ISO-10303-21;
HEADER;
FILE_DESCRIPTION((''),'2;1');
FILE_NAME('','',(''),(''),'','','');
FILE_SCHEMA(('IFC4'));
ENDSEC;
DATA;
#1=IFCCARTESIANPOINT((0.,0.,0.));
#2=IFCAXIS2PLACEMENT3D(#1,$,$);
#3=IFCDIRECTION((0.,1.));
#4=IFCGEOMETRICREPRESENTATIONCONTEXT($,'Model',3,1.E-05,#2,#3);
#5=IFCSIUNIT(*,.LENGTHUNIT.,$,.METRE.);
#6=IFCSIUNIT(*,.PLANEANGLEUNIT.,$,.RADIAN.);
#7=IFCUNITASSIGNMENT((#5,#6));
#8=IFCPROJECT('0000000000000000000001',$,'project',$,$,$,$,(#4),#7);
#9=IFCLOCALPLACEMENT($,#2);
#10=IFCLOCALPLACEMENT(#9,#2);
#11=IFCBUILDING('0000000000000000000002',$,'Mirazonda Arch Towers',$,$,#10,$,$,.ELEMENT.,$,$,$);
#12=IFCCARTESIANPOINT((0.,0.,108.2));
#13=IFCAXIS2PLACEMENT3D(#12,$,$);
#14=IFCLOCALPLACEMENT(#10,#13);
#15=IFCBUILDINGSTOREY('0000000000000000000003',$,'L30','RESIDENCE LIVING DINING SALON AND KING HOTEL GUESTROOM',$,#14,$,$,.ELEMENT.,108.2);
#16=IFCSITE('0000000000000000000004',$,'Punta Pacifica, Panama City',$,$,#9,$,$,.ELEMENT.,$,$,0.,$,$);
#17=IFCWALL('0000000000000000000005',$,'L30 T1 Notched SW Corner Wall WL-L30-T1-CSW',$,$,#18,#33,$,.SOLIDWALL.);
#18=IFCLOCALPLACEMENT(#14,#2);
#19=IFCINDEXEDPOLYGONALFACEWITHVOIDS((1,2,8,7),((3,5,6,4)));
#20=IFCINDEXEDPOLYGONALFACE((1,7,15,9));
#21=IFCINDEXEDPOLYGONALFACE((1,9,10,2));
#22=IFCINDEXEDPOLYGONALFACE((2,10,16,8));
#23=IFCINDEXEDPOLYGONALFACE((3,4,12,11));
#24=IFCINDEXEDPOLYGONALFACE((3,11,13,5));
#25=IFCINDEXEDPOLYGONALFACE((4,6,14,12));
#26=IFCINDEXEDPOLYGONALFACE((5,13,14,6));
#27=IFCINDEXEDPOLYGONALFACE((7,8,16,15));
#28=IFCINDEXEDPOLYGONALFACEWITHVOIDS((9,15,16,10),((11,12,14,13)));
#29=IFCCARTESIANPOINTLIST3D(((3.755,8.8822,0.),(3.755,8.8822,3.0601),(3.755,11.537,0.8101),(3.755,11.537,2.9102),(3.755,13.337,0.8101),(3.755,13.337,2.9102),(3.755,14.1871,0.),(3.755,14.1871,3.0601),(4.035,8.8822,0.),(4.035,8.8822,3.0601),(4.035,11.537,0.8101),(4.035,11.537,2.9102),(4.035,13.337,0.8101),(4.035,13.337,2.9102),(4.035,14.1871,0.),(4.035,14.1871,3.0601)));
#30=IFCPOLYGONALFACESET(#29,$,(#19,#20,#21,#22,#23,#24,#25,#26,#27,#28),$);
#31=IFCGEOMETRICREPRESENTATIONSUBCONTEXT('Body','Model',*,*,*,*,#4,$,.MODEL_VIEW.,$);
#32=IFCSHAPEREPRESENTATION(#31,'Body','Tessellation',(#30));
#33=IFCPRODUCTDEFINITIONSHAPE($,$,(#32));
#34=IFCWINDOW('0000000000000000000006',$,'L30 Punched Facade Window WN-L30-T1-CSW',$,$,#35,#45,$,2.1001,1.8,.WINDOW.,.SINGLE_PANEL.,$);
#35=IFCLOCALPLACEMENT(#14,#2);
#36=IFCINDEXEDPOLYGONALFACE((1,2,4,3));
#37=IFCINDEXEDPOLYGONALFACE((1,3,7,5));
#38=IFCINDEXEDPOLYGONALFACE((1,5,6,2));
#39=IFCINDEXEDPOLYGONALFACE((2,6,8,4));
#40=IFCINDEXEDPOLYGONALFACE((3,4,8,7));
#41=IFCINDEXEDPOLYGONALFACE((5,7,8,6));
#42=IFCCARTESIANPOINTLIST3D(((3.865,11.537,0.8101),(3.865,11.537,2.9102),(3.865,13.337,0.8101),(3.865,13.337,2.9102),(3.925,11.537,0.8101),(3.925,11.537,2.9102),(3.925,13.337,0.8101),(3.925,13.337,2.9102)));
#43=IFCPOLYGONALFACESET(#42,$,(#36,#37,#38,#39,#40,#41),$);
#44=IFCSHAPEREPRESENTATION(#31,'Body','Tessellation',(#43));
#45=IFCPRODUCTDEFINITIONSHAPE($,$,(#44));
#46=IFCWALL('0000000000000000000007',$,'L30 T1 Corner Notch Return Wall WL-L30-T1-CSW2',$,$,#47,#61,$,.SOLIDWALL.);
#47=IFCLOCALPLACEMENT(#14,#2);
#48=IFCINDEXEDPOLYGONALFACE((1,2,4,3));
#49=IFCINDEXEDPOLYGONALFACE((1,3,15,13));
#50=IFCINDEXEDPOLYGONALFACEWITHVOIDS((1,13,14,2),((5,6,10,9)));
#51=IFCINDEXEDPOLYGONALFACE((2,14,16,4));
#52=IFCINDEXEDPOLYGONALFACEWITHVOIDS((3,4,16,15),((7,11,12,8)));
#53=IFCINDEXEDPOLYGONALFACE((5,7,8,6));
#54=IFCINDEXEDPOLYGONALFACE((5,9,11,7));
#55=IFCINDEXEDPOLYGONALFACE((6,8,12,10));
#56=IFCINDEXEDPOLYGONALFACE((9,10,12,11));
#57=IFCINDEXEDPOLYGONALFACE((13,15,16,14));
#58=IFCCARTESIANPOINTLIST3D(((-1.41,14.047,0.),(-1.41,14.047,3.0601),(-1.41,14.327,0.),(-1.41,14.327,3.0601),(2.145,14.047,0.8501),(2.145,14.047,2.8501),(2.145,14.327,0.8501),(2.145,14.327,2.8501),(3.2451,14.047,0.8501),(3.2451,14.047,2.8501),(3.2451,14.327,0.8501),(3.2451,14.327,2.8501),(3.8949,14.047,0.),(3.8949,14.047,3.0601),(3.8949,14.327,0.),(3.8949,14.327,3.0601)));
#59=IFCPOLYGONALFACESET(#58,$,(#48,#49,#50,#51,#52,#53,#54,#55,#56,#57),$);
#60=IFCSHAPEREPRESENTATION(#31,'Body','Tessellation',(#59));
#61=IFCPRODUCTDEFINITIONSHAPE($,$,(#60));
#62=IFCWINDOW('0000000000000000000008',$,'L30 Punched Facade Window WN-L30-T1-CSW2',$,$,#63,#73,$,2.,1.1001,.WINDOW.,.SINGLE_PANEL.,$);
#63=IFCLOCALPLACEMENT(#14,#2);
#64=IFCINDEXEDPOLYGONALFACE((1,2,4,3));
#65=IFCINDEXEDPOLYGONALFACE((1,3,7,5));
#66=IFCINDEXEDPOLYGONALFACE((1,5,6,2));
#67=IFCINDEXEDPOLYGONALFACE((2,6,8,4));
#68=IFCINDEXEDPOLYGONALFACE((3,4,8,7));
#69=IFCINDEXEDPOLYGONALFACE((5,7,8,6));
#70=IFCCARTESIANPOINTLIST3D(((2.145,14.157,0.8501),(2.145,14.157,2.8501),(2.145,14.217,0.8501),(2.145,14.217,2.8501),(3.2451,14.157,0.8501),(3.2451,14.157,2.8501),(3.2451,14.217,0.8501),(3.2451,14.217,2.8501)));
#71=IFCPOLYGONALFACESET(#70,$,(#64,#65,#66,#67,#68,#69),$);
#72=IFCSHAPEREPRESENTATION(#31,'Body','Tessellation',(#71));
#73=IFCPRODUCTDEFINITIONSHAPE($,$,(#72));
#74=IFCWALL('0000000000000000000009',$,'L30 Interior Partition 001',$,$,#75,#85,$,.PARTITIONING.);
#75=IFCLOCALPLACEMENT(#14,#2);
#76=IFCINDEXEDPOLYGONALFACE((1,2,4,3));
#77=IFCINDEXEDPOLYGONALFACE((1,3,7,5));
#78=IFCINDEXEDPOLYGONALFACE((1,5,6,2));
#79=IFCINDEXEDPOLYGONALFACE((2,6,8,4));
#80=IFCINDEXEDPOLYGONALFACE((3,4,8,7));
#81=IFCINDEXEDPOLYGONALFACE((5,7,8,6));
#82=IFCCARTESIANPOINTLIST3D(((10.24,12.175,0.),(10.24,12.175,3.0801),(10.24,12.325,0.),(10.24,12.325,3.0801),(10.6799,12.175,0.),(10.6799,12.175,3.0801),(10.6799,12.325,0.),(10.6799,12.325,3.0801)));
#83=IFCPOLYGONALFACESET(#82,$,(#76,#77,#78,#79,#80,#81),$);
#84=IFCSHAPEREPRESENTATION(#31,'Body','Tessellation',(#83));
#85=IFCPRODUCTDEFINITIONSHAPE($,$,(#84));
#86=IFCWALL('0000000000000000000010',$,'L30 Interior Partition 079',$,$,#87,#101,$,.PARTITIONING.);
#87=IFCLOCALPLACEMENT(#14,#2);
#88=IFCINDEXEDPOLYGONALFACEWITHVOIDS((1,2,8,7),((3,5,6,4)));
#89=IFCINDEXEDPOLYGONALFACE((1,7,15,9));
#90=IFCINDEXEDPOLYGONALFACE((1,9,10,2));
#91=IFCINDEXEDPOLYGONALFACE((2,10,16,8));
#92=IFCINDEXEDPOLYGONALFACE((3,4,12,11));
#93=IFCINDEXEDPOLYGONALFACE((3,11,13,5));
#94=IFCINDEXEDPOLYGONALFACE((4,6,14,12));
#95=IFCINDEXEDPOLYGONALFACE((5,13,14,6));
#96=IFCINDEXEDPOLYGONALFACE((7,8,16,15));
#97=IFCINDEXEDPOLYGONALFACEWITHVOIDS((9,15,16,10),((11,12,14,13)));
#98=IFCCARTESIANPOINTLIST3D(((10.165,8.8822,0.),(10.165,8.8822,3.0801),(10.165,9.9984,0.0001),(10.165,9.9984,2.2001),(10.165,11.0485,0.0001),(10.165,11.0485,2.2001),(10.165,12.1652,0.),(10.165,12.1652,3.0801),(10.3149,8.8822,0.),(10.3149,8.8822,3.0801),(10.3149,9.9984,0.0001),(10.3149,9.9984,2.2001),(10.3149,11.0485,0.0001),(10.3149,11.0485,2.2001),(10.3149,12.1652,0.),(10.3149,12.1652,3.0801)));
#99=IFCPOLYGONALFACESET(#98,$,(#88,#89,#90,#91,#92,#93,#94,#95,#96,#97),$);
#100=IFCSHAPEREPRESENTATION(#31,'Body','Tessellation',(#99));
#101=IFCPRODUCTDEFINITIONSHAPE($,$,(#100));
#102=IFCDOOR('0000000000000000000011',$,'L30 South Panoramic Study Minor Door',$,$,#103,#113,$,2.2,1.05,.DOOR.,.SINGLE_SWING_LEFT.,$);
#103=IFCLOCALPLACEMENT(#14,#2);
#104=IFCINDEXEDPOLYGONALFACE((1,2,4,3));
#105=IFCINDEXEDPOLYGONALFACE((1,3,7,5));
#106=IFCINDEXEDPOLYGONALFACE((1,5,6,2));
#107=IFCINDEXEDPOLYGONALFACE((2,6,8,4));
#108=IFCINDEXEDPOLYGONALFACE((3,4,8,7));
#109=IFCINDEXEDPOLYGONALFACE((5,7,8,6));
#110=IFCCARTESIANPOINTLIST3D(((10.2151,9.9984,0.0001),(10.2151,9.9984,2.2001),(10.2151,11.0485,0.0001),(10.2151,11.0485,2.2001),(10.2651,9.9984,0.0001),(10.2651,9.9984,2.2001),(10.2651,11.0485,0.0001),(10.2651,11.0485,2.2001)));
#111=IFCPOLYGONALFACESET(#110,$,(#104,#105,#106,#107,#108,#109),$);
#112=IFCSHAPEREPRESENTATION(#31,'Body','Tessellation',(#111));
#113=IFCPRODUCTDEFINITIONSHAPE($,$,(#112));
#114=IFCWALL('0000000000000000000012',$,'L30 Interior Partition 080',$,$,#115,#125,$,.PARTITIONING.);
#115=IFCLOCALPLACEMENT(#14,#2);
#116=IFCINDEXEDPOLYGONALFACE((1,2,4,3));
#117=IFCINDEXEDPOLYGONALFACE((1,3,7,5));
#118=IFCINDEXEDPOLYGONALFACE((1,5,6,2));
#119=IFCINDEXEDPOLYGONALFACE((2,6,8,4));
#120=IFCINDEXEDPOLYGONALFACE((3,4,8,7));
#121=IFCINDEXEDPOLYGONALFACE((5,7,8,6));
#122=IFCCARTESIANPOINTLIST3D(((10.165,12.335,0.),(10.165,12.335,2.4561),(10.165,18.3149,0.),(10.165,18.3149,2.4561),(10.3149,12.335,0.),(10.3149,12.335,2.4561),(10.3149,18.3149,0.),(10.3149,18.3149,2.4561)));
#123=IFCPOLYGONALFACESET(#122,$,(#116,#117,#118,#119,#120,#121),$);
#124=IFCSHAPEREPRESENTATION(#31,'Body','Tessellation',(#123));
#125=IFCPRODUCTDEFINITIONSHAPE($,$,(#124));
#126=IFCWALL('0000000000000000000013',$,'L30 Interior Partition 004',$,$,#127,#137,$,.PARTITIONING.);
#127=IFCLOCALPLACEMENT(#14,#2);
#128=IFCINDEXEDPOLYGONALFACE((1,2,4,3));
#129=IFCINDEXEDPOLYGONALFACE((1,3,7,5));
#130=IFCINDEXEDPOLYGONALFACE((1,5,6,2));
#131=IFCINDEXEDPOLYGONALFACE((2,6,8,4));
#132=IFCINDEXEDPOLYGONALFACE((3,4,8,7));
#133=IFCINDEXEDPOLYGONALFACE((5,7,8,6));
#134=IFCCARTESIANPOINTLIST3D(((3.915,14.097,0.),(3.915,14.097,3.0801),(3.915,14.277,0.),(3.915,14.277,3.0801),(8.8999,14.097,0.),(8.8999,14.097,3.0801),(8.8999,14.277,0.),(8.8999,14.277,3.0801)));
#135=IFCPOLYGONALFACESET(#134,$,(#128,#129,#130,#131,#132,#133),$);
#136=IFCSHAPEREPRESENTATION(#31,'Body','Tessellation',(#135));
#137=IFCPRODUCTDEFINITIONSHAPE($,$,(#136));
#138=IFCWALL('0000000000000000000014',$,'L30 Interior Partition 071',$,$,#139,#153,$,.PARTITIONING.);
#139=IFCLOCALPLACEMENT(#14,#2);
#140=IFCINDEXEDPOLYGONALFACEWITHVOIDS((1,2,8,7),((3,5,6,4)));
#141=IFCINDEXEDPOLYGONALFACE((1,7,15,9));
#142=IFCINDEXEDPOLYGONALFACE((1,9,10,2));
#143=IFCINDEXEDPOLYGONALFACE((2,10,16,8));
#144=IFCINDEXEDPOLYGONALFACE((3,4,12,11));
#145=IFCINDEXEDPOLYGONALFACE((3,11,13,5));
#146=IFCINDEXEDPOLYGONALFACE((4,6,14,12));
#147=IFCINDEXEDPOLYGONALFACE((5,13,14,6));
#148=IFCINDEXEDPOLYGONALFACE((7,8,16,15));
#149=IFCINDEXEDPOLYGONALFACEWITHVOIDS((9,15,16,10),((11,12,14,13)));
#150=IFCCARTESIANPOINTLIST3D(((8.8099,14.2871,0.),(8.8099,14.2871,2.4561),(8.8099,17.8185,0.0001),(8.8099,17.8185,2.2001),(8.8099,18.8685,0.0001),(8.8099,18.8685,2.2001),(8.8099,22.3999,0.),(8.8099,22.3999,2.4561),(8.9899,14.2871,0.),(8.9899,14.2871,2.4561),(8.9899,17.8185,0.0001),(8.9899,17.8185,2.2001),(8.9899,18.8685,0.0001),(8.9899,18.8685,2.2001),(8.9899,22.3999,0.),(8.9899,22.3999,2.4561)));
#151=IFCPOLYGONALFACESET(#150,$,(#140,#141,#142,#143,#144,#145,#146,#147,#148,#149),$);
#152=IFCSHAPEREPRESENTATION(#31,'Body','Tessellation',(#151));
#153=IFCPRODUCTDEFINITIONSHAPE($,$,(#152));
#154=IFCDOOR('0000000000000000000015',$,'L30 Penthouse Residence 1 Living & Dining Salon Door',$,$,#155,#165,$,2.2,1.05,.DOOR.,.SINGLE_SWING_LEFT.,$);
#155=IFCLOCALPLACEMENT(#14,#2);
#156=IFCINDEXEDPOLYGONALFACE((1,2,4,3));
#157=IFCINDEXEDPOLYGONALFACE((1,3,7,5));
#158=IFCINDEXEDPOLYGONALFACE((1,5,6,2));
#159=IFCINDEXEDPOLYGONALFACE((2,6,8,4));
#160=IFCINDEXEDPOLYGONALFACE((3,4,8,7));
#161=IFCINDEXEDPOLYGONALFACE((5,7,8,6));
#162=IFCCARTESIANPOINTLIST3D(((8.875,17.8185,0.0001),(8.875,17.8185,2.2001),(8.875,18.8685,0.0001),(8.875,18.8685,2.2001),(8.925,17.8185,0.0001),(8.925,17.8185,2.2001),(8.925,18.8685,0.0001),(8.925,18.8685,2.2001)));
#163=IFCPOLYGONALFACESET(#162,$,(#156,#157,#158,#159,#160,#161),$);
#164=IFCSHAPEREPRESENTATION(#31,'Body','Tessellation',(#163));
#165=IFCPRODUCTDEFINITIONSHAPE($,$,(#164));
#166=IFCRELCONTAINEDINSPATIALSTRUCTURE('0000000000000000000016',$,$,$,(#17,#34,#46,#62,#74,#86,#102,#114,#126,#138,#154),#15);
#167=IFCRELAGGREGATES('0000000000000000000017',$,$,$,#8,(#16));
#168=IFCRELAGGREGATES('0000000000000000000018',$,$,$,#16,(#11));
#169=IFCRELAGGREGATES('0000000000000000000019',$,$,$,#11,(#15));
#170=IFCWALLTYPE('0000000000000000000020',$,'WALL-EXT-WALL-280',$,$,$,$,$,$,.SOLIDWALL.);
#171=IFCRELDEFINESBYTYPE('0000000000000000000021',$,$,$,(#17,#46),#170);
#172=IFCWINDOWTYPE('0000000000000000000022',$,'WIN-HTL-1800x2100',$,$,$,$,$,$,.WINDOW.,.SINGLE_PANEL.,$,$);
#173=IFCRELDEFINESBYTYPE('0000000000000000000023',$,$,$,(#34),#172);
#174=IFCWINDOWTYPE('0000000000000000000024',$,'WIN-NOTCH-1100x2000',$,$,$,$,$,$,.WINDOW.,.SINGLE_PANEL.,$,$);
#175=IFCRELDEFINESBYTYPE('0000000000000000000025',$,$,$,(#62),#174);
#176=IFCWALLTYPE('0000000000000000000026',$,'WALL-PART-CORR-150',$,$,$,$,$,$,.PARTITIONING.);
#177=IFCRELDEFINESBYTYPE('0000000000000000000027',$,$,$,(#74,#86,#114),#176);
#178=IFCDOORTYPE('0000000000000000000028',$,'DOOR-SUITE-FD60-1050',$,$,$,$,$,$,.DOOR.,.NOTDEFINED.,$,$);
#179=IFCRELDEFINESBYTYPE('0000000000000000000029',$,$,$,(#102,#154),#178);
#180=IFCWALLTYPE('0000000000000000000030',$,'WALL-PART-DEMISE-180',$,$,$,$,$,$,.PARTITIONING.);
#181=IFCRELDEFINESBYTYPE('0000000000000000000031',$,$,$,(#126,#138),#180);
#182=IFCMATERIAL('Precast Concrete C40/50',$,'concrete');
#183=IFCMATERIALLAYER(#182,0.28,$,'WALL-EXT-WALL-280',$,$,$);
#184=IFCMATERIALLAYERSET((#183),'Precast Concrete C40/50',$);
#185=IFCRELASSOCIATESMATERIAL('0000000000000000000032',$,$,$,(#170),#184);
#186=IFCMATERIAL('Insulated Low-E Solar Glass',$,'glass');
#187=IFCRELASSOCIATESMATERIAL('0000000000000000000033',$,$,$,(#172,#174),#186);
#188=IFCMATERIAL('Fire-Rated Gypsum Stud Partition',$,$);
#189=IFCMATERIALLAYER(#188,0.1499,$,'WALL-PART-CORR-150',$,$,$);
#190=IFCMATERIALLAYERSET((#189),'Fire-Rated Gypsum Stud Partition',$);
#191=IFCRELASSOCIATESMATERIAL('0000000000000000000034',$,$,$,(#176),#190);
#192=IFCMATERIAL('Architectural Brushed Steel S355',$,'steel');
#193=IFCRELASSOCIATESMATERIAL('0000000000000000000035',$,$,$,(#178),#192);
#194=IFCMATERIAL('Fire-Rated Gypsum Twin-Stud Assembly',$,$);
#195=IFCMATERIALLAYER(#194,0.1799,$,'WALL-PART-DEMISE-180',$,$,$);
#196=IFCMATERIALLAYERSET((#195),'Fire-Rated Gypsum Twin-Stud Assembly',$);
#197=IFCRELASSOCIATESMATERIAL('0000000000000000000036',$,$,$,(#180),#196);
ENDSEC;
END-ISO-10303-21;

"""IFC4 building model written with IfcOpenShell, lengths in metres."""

from ifc_helpers import new_model, si_unit, direction, frame, frame_2d, origin, place, context, subcontext, project, spatial, rectangle, extrude, material, layer, layer_set, type_object, element, fill, save


model = new_model("IFC4")

# Units and contexts
model_context = context("Model", 3, precision=1e-05, world=origin(), true_north=direction((0.0, 1.0)))
body_context = subcontext(model_context, "Body", "Model", "MODEL_VIEW")
ifc_project = project(units=[si_unit("LENGTHUNIT", "METRE"), si_unit("PLANEANGLEUNIT", "RADIAN")], contexts=[model_context])

# Site, building, storey
site_placement = place(None, origin())
site = spatial("IfcSite", under=ifc_project, at=site_placement, Name="Punta Pacifica, Panama City", CompositionType="ELEMENT", RefElevation=0.0)
building_placement = place(site_placement, origin())
building = spatial("IfcBuilding", under=site, at=building_placement, Name="Mirazonda Arch Towers", CompositionType="ELEMENT")
storey_placement = place(building_placement, frame((0.0, 0.0, 108.2)))
storey = spatial("IfcBuildingStorey", under=building, at=storey_placement, Name="L30", Description="RESIDENCE LIVING DINING SALON AND KING HOTEL GUESTROOM", CompositionType="ELEMENT", Elevation=108.2)

# Shared definitions
ifc_material_1 = material(Name="Insulated Low-E Solar Glass", Category="glass")

# Walls, openings, windows
ifc_material_2 = material(Name="Precast Concrete C40/50", Category="concrete")
ifc_layer_1 = layer(ifc_material_2, 0.28, Name="WALL-EXT-WALL-280")
ifc_layer_set_1 = layer_set([ifc_layer_1], Name="Precast Concrete C40/50")
wall_type_1 = type_object("IfcWallType", Name="WALL-EXT-WALL-280", PredefinedType="SOLIDWALL", material=ifc_layer_set_1)
wall_1_placement = place(storey_placement, frame((3.895, 14.187, 0.0), z_axis=(0.0, 0.0, 1.0), x_axis=(0.0, -1.0, 0.0)))
wall_1 = element("IfcWall", 1, at=wall_1_placement, inside=storey, type_object=wall_type_1, Name="L30 T1 Notched SW Corner Wall WL-L30-T1-CSW", PredefinedType="SOLIDWALL", context=body_context, shape_type="SweptSolid", body=[
    extrude(rectangle(XDim=5.3049, YDim=0.28, at=frame_2d((2.6523, 0.0))), origin(), (0.0, 0.0, 1.0), 3.0601),
])
opening_1_placement = place(wall_1_placement, frame((0.8501, 0.0, 0.8101)))
opening_1 = element("IfcOpeningElement", 2, at=opening_1_placement, cuts=wall_1, PredefinedType="OPENING", context=body_context, shape_type="SweptSolid", body=[
    extrude(rectangle(XDim=1.8, YDim=2.1001, at=frame_2d((0.8999, 1.05))), frame((0.0, 0.1499, 0.0), z_axis=(0.0, -1.0, 0.0), x_axis=(1.0, 0.0, 0.0)), (0.0, 0.0, 1.0), 0.3),
])
window_type_1 = type_object("IfcWindowType", Name="WIN-HTL-1800x2100", PartitioningType="SINGLE_PANEL", PredefinedType="WINDOW", material=ifc_material_1)
window_1_placement = place(opening_1_placement, origin())
window_1 = element("IfcWindow", 3, at=window_1_placement, inside=storey, type_object=window_type_1, Name="L30 Punched Facade Window WN-L30-T1-CSW", OverallHeight=2.1001, OverallWidth=1.8, PartitioningType="SINGLE_PANEL", PredefinedType="WINDOW", context=body_context, shape_type="SweptSolid", body=[
    extrude(rectangle(XDim=1.8, YDim=2.1001, at=frame_2d((0.8999, 1.05))), frame((0.0, 0.03, 0.0), z_axis=(0.0, -1.0, 0.0), x_axis=(1.0, 0.0, 0.0)), (0.0, 0.0, 1.0), 0.0601),
])
fill(opening_1, window_1)
wall_2_placement = place(storey_placement, frame((-1.4099, 14.187, 0.0), z_axis=(0.0, 0.0, 1.0), x_axis=(1.0, 0.0, 0.0)))
wall_2 = element("IfcWall", 4, at=wall_2_placement, inside=storey, type_object=wall_type_1, Name="L30 T1 Corner Notch Return Wall WL-L30-T1-CSW2", PredefinedType="SOLIDWALL", context=body_context, shape_type="SweptSolid", body=[
    extrude(rectangle(XDim=5.3049, YDim=0.28, at=frame_2d((2.6523, 0.0))), origin(), (0.0, 0.0, 1.0), 3.0601),
])
opening_2_placement = place(wall_2_placement, frame((3.5549, 0.0, 0.8501)))
opening_2 = element("IfcOpeningElement", 5, at=opening_2_placement, cuts=wall_2, PredefinedType="OPENING", context=body_context, shape_type="SweptSolid", body=[
    extrude(rectangle(XDim=1.1001, YDim=2.0, at=frame_2d((0.55, 1.0))), frame((0.0, 0.1499, 0.0), z_axis=(0.0, -1.0, 0.0), x_axis=(1.0, 0.0, 0.0)), (0.0, 0.0, 1.0), 0.3),
])
window_type_2 = type_object("IfcWindowType", Name="WIN-NOTCH-1100x2000", PartitioningType="SINGLE_PANEL", PredefinedType="WINDOW", material=ifc_material_1)
window_2_placement = place(opening_2_placement, origin())
window_2 = element("IfcWindow", 6, at=window_2_placement, inside=storey, type_object=window_type_2, Name="L30 Punched Facade Window WN-L30-T1-CSW2", OverallHeight=2.0, OverallWidth=1.1001, PartitioningType="SINGLE_PANEL", PredefinedType="WINDOW", context=body_context, shape_type="SweptSolid", body=[
    extrude(rectangle(XDim=1.1001, YDim=2.0, at=frame_2d((0.55, 1.0))), frame((0.0, 0.03, 0.0), z_axis=(0.0, -1.0, 0.0), x_axis=(1.0, 0.0, 0.0)), (0.0, 0.0, 1.0), 0.0601),
])
fill(opening_2, window_2)

# Wall
ifc_material_3 = material(Name="Fire-Rated Gypsum Stud Partition")
ifc_layer_2 = layer(ifc_material_3, 0.1499, Name="WALL-PART-CORR-150")
ifc_layer_set_2 = layer_set([ifc_layer_2], Name="Fire-Rated Gypsum Stud Partition")
wall_type_2 = type_object("IfcWallType", Name="WALL-PART-CORR-150", PredefinedType="PARTITIONING", material=ifc_layer_set_2)
wall_3_placement = place(storey_placement, frame((10.24, 12.25, 0.0), z_axis=(0.0, 0.0, 1.0), x_axis=(1.0, 0.0, 0.0)))
element("IfcWall", 7, at=wall_3_placement, inside=storey, type_object=wall_type_2, Name="L30 Interior Partition 001", PredefinedType="PARTITIONING", context=body_context, shape_type="SweptSolid", body=[
    extrude(rectangle(XDim=0.4399, YDim=0.1499, at=frame_2d((0.22, 0.0))), origin(), (0.0, 0.0, 1.0), 3.0801),
])

# Wall, opening, door
wall_4_placement = place(storey_placement, frame((10.24, 8.8821, 0.0), z_axis=(0.0, 0.0, 1.0), x_axis=(0.0, 1.0, 0.0)))
wall_4 = element("IfcWall", 8, at=wall_4_placement, inside=storey, type_object=wall_type_2, Name="L30 Interior Partition 079", PredefinedType="PARTITIONING", context=body_context, shape_type="SweptSolid", body=[
    extrude(rectangle(XDim=3.283, YDim=0.1499, at=frame_2d((1.6416, 0.0))), origin(), (0.0, 0.0, 1.0), 3.0801),
])
opening_3_placement = place(wall_4_placement, frame((1.1165, 0.0, 0.0)))
opening_3 = element("IfcOpeningElement", 9, at=opening_3_placement, cuts=wall_4, PredefinedType="OPENING", context=body_context, shape_type="SweptSolid", body=[
    extrude(rectangle(XDim=1.05, YDim=2.2, at=frame_2d((0.5249, 1.1001))), frame((0.0, 0.085, 0.0), z_axis=(0.0, -1.0, 0.0), x_axis=(1.0, 0.0, 0.0)), (0.0, 0.0, 1.0), 0.1699),
])
ifc_material_4 = material(Name="Architectural Brushed Steel S355", Category="steel")
door_type_1 = type_object("IfcDoorType", Name="DOOR-SUITE-FD60-1050", OperationType="NOTDEFINED", PredefinedType="DOOR", material=ifc_material_4)
door_1_placement = place(opening_3_placement, origin())
door_1 = element("IfcDoor", 10, at=door_1_placement, inside=storey, type_object=door_type_1, Name="L30 South Panoramic Study Minor Door", OperationType="SINGLE_SWING_LEFT", OverallHeight=2.2, OverallWidth=1.05, PredefinedType="DOOR", context=body_context, shape_type="SweptSolid", body=[
    extrude(rectangle(XDim=1.05, YDim=2.2, at=frame_2d((0.5249, 1.1001))), frame((0.0, 0.0249, 0.0), z_axis=(0.0, -1.0, 0.0), x_axis=(1.0, 0.0, 0.0)), (0.0, 0.0, 1.0), 0.05),
])
fill(opening_3, door_1)

# Walls
wall_5_placement = place(storey_placement, frame((10.24, 12.335, 0.0), z_axis=(0.0, 0.0, 1.0), x_axis=(0.0, 1.0, 0.0)))
element("IfcWall", 11, at=wall_5_placement, inside=storey, type_object=wall_type_2, Name="L30 Interior Partition 080", PredefinedType="PARTITIONING", context=body_context, shape_type="SweptSolid", body=[
    extrude(rectangle(XDim=5.98, YDim=0.1499, at=frame_2d((2.99, 0.0))), origin(), (0.0, 0.0, 1.0), 2.4561),
])
ifc_material_5 = material(Name="Fire-Rated Gypsum Twin-Stud Assembly")
ifc_layer_3 = layer(ifc_material_5, 0.1799, Name="WALL-PART-DEMISE-180")
ifc_layer_set_3 = layer_set([ifc_layer_3], Name="Fire-Rated Gypsum Twin-Stud Assembly")
wall_type_3 = type_object("IfcWallType", Name="WALL-PART-DEMISE-180", PredefinedType="PARTITIONING", material=ifc_layer_set_3)
wall_6_placement = place(storey_placement, frame((3.915, 14.187, 0.0), z_axis=(0.0, 0.0, 1.0), x_axis=(1.0, 0.0, 0.0)))
element("IfcWall", 12, at=wall_6_placement, inside=storey, type_object=wall_type_3, Name="L30 Interior Partition 004", PredefinedType="PARTITIONING", context=body_context, shape_type="SweptSolid", body=[
    extrude(rectangle(XDim=4.9849, YDim=0.1799, at=frame_2d((2.4924, 0.0))), origin(), (0.0, 0.0, 1.0), 3.0801),
])

# Wall, opening, door
wall_7_placement = place(storey_placement, frame((8.8999, 14.2871, 0.0), z_axis=(0.0, 0.0, 1.0), x_axis=(0.0, 1.0, 0.0)))
wall_7 = element("IfcWall", 13, at=wall_7_placement, inside=storey, type_object=wall_type_3, Name="L30 Interior Partition 071", PredefinedType="PARTITIONING", context=body_context, shape_type="SweptSolid", body=[
    extrude(rectangle(XDim=8.1128, YDim=0.1799, at=frame_2d((4.0564, 0.0))), origin(), (0.0, 0.0, 1.0), 2.4561),
])
opening_4_placement = place(wall_7_placement, frame((3.5315, 0.0, 0.0)))
opening_4 = element("IfcOpeningElement", 14, at=opening_4_placement, cuts=wall_7, PredefinedType="OPENING", context=body_context, shape_type="SweptSolid", body=[
    extrude(rectangle(XDim=1.05, YDim=2.2, at=frame_2d((0.5249, 1.1001))), frame((0.0, 0.0999, 0.0), z_axis=(0.0, -1.0, 0.0), x_axis=(1.0, 0.0, 0.0)), (0.0, 0.0, 1.0), 0.2),
])
door_2_placement = place(opening_4_placement, origin())
door_2 = element("IfcDoor", 15, at=door_2_placement, inside=storey, type_object=door_type_1, Name="L30 Penthouse Residence 1 Living & Dining Salon Door", OperationType="SINGLE_SWING_LEFT", OverallHeight=2.2, OverallWidth=1.05, PredefinedType="DOOR", context=body_context, shape_type="SweptSolid", body=[
    extrude(rectangle(XDim=1.05, YDim=2.2, at=frame_2d((0.5249, 1.1001))), frame((0.0, 0.0249, 0.0), z_axis=(0.0, -1.0, 0.0), x_axis=(1.0, 0.0, 0.0)), (0.0, 0.0, 1.0), 0.05),
])
fill(opening_4, door_2)

save(model, "model.ifc")
